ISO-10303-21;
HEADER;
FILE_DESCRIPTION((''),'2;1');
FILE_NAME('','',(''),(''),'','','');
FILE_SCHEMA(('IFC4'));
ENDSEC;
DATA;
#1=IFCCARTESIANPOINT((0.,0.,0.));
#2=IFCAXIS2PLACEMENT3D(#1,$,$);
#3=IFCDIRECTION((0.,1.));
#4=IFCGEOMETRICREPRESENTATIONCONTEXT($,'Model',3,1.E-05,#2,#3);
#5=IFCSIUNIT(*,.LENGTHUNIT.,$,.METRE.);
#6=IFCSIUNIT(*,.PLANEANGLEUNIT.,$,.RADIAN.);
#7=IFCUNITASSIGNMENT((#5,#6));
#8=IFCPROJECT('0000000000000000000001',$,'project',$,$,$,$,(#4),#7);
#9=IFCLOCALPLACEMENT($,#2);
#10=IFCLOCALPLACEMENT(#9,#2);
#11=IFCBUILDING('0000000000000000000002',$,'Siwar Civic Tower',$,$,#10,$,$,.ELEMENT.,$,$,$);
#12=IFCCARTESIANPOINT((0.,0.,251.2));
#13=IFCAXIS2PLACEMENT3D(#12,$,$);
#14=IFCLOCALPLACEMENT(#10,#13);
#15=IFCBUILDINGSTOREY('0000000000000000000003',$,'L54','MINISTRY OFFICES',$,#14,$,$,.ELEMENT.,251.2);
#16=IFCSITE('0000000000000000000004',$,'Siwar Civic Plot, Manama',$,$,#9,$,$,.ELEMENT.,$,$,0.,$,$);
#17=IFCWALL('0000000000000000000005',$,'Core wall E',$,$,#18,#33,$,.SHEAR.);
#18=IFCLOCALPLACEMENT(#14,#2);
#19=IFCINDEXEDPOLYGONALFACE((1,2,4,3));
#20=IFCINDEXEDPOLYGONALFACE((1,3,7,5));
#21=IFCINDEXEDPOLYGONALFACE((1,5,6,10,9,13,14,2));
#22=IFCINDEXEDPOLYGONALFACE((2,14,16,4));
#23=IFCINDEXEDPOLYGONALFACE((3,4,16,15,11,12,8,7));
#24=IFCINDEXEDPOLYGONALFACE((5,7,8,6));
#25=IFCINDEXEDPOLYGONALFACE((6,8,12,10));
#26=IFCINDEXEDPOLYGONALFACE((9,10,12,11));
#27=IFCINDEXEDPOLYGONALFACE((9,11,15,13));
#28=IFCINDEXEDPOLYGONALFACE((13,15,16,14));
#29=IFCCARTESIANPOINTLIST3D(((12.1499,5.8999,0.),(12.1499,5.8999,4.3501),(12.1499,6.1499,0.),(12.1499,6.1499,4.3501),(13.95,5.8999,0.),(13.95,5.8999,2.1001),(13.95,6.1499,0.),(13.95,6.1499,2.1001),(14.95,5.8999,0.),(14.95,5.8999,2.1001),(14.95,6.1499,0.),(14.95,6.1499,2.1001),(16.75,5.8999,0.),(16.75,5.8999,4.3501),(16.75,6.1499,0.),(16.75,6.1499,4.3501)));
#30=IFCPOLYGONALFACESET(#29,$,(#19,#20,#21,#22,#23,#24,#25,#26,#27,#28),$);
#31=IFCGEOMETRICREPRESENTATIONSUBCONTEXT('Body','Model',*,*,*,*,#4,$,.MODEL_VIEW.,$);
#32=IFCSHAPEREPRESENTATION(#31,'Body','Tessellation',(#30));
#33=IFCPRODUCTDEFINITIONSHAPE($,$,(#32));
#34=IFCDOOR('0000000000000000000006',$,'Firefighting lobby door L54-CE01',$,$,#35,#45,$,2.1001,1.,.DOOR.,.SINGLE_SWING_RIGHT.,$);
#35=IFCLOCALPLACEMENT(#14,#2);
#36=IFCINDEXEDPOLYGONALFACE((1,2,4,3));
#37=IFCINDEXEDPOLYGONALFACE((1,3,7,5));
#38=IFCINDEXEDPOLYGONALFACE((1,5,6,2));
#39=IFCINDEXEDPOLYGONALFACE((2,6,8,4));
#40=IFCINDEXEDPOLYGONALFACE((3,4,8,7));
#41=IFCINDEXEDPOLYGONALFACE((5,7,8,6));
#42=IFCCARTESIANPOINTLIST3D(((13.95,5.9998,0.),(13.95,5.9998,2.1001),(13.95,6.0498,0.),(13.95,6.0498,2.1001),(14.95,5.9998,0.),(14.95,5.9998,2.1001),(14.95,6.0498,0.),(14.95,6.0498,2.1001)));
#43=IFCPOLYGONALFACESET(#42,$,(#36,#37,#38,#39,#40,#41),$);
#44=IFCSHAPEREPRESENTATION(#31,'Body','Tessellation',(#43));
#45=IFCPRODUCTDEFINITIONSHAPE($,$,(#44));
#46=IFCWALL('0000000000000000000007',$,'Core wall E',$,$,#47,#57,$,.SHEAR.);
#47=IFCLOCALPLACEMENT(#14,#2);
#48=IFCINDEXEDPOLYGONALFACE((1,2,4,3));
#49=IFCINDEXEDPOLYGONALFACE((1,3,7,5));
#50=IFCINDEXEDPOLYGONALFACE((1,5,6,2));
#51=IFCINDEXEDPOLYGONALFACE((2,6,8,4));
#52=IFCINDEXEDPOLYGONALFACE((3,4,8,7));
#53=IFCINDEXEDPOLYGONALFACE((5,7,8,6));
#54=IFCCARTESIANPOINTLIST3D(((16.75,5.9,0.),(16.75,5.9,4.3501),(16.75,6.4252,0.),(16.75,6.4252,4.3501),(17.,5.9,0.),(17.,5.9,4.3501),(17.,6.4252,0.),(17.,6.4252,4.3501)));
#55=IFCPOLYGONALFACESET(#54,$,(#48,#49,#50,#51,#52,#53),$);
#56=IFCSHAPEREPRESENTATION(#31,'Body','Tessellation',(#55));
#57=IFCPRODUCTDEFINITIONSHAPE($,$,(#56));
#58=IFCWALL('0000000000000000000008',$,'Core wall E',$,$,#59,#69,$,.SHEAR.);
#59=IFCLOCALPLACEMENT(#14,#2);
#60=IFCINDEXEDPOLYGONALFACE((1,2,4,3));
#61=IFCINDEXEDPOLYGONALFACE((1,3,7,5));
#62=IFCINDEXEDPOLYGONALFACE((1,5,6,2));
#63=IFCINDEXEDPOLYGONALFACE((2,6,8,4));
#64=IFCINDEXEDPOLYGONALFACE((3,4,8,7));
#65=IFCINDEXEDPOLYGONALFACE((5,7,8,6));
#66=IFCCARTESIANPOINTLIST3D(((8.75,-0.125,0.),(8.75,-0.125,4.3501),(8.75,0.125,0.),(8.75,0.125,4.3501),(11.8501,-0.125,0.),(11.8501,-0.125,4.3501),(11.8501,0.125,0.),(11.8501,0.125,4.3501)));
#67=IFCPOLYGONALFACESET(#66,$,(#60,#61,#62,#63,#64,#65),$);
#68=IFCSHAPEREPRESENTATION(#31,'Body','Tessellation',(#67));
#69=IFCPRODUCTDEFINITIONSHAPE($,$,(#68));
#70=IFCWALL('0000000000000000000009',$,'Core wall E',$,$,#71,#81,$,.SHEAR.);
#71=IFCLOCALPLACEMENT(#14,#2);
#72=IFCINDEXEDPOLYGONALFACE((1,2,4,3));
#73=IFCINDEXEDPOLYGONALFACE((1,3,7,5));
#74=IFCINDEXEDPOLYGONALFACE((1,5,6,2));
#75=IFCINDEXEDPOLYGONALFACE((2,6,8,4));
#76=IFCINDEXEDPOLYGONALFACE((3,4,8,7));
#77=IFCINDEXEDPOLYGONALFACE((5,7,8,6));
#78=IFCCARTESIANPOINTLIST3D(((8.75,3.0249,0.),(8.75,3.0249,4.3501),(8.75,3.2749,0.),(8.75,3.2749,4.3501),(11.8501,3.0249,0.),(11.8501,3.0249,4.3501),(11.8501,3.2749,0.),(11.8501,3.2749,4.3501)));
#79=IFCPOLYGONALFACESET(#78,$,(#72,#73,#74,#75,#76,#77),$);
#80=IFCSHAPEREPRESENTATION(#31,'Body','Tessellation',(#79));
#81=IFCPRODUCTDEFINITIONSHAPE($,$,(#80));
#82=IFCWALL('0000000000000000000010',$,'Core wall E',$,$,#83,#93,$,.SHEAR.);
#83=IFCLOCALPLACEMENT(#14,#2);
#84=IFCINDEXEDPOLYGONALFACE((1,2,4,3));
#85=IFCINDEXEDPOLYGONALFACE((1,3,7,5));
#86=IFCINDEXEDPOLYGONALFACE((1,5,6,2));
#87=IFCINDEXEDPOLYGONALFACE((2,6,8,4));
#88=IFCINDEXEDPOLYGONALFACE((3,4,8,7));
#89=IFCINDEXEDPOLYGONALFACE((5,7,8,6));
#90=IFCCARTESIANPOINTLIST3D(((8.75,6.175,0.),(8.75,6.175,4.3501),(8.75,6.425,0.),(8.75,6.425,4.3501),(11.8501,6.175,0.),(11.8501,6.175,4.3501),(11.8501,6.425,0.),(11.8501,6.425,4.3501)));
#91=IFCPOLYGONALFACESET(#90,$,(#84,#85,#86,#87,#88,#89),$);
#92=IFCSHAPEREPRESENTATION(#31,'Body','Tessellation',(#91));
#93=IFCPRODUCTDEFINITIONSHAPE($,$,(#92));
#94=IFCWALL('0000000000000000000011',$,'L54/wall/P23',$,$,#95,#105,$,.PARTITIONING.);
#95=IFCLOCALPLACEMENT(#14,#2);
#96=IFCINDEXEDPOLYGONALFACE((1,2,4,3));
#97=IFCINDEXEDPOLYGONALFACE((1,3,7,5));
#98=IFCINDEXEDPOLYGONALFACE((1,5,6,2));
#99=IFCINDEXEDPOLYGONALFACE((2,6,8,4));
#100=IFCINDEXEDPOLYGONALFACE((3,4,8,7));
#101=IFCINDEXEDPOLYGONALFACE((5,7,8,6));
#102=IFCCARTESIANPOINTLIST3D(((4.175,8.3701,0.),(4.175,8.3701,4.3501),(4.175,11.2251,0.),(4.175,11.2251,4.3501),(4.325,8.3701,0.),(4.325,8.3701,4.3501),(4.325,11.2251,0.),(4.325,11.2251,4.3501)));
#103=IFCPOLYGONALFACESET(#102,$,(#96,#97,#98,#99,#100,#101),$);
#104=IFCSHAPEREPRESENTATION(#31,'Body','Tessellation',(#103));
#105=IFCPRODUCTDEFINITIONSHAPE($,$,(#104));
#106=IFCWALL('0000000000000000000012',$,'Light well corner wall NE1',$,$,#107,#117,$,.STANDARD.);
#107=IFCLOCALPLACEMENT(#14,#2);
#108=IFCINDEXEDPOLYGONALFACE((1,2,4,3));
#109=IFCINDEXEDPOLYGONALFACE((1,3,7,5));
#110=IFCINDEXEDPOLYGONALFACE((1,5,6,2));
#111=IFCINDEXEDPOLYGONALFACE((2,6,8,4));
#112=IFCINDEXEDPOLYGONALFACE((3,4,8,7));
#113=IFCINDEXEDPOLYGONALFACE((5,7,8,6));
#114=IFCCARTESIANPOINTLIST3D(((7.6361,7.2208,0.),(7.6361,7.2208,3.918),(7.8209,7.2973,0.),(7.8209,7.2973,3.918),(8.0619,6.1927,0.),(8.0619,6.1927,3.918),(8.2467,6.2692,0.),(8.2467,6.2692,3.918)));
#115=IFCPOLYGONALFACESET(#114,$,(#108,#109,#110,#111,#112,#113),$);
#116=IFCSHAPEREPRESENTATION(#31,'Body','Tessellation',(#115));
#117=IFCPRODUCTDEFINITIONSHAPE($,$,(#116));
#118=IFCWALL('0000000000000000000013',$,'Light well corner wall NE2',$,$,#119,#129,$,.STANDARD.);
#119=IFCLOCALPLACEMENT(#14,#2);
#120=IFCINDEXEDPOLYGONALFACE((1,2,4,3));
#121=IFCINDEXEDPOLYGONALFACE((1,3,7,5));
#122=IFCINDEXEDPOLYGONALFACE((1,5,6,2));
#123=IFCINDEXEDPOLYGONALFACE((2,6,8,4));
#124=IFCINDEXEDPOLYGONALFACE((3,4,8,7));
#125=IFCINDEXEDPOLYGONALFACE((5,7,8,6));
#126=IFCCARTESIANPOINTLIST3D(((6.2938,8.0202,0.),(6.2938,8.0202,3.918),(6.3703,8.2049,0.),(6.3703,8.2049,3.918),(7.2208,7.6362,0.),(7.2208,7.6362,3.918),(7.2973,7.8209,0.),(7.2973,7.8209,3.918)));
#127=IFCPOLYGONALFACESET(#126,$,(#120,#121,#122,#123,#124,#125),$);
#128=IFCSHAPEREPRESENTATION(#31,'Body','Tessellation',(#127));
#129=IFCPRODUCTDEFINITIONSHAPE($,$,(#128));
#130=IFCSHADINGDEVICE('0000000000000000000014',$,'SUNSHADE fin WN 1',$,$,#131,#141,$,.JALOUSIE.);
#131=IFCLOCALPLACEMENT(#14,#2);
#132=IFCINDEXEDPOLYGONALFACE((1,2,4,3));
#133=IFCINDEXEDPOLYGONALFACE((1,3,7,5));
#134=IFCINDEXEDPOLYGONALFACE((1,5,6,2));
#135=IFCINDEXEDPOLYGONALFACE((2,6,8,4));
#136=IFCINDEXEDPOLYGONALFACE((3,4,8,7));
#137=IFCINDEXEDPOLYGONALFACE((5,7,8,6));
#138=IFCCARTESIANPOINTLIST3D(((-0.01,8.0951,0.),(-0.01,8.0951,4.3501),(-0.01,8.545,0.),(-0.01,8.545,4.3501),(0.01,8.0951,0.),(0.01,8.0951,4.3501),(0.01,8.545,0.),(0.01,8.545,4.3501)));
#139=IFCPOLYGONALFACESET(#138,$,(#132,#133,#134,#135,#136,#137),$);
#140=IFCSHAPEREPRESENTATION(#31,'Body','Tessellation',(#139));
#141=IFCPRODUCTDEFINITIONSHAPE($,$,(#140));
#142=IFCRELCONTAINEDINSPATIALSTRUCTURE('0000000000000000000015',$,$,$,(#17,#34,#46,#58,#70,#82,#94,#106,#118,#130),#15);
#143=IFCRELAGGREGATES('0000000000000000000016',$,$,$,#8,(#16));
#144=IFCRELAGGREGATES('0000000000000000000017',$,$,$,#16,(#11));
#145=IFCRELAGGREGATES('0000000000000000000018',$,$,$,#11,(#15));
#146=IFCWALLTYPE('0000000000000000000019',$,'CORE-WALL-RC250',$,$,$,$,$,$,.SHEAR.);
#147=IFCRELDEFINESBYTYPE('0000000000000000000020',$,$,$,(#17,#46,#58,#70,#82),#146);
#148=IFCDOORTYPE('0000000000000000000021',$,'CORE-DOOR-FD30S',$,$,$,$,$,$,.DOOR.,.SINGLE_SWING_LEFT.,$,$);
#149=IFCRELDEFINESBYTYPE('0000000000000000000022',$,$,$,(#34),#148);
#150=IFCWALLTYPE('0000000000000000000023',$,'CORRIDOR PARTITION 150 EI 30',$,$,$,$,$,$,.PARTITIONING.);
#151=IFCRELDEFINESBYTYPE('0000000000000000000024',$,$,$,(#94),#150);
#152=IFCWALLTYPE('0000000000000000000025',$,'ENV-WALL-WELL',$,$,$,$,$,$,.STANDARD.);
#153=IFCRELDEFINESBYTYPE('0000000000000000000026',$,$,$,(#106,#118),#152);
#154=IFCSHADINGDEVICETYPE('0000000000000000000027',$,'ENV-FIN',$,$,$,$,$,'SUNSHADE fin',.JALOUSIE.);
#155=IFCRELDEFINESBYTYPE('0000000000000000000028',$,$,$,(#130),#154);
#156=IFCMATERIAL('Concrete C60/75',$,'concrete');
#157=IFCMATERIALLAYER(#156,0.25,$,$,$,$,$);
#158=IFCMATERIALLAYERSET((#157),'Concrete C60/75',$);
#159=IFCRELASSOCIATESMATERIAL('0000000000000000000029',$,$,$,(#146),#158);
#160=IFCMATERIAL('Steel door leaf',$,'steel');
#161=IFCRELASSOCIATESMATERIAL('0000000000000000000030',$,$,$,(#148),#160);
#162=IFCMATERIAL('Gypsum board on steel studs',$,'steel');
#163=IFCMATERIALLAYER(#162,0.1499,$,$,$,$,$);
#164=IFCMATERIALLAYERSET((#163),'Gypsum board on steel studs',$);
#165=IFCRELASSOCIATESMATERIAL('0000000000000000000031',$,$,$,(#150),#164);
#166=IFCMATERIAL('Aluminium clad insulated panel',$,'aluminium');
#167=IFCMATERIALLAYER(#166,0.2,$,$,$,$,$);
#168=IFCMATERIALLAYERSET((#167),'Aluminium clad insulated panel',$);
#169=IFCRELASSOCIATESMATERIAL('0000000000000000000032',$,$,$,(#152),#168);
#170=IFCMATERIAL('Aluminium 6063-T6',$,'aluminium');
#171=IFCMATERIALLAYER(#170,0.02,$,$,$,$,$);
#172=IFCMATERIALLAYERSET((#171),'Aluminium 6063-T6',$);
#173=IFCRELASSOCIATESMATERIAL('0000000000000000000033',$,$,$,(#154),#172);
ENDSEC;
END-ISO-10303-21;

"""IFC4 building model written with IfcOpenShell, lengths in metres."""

from ifc_helpers import new_model, si_unit, direction, frame, frame_2d, origin, origin_2d, place, context, subcontext, project, spatial, rectangle, extrude, material, layer, layer_set, type_object, element, fill, save


model = new_model("IFC4")

# Units and contexts
model_context = context("Model", 3, precision=1e-05, world=origin(), true_north=direction((0.0, 1.0)))
body_context = subcontext(model_context, "Body", "Model", "MODEL_VIEW")
ifc_project = project(units=[si_unit("LENGTHUNIT", "METRE"), si_unit("PLANEANGLEUNIT", "RADIAN")], contexts=[model_context])

# Site, building, storey
site_placement = place(None, origin())
site = spatial("IfcSite", under=ifc_project, at=site_placement, Name="Siwar Civic Plot, Manama", CompositionType="ELEMENT", RefElevation=0.0)
building_placement = place(site_placement, origin())
building = spatial("IfcBuilding", under=site, at=building_placement, Name="Siwar Civic Tower", CompositionType="ELEMENT")
storey_placement = place(building_placement, frame((0.0, 0.0, 251.2)))
storey = spatial("IfcBuildingStorey", under=building, at=storey_placement, Name="L54", Description="MINISTRY OFFICES", CompositionType="ELEMENT", Elevation=251.2)

# Wall, opening, door
ifc_material_1 = material(Name="Concrete C60/75", Category="concrete")
ifc_layer_1 = layer(ifc_material_1, 0.25)
ifc_layer_set_1 = layer_set([ifc_layer_1], Name="Concrete C60/75")
wall_type_1 = type_object("IfcWallType", Name="CORE-WALL-RC250", PredefinedType="SHEAR", material=ifc_layer_set_1)
wall_1_placement = place(storey_placement, frame((12.1499, 6.0249, 0.0), z_axis=(0.0, 0.0, 1.0), x_axis=(1.0, 0.0, 0.0)))
wall_1 = element("IfcWall", 1, at=wall_1_placement, inside=storey, type_object=wall_type_1, Name="Core wall E", PredefinedType="SHEAR", context=body_context, shape_type="SweptSolid", body=[
    extrude(rectangle(XDim=4.6001, YDim=0.25, at=frame_2d((2.3, 0.0))), origin(), (0.0, 0.0, 1.0), 4.3501),
])
opening_placement = place(wall_1_placement, frame((1.8, 0.0, 0.0)))
opening = element("IfcOpeningElement", 2, at=opening_placement, cuts=wall_1, PredefinedType="OPENING", context=body_context, shape_type="SweptSolid", body=[
    extrude(rectangle(XDim=1.0, YDim=2.1001, at=frame_2d((0.5, 1.05))), frame((0.0, 0.135, 0.0), z_axis=(0.0, -1.0, 0.0), x_axis=(1.0, 0.0, 0.0)), (0.0, 0.0, 1.0), 0.27),
])
ifc_material_2 = material(Name="Steel door leaf", Category="steel")
door_type = type_object("IfcDoorType", Name="CORE-DOOR-FD30S", OperationType="SINGLE_SWING_LEFT", PredefinedType="DOOR", material=ifc_material_2)
door_placement = place(opening_placement, origin())
door = element("IfcDoor", 3, at=door_placement, inside=storey, type_object=door_type, Name="Firefighting lobby door L54-CE01", OperationType="SINGLE_SWING_RIGHT", OverallHeight=2.1001, OverallWidth=1.0, PredefinedType="DOOR", context=body_context, shape_type="SweptSolid", body=[
    extrude(rectangle(XDim=1.0, YDim=2.1001, at=frame_2d((0.5, 1.05))), frame((0.0, 0.0249, 0.0), z_axis=(0.0, -1.0, 0.0), x_axis=(1.0, 0.0, 0.0)), (0.0, 0.0, 1.0), 0.05),
])
fill(opening, door)

# Walls
wall_2_placement = place(storey_placement, frame((16.875, 5.8999, 0.0), z_axis=(0.0, 0.0, 1.0), x_axis=(0.0, 1.0, 0.0)))
element("IfcWall", 4, at=wall_2_placement, inside=storey, type_object=wall_type_1, Name="Core wall E", PredefinedType="SHEAR", context=body_context, shape_type="SweptSolid", body=[
    extrude(rectangle(XDim=0.5251, YDim=0.25, at=frame_2d((0.2627, 0.0))), origin(), (0.0, 0.0, 1.0), 4.3501),
])
for number, where, z_axis, x_axis, name in (
    (5, (8.75, 0.0, 0.0), (0.0, 0.0, 1.0), (1.0, 0.0, 0.0), "Core wall E"),
    (6, (8.75, 3.1499, 0.0), (0.0, 0.0, 1.0), (1.0, 0.0, 0.0), "Core wall E"),
    (7, (8.75, 6.3, 0.0), (0.0, 0.0, 1.0), (1.0, 0.0, 0.0), "Core wall E"),
):
    element("IfcWall", number, at=place(storey_placement, frame(where, z_axis=z_axis, x_axis=x_axis)), inside=storey, type_object=wall_type_1, Name=name, PredefinedType="SHEAR", context=body_context, shape_type="SweptSolid", body=[
        extrude(rectangle(XDim=3.1001, YDim=0.25, at=frame_2d((1.55, 0.0))), origin(), (0.0, 0.0, 1.0), 4.3501),
    ])
ifc_material_3 = material(Name="Gypsum board on steel studs", Category="steel")
ifc_layer_2 = layer(ifc_material_3, 0.1499)
ifc_layer_set_2 = layer_set([ifc_layer_2], Name="Gypsum board on steel studs")
wall_type_2 = type_object("IfcWallType", Name="CORRIDOR PARTITION 150 EI 30", PredefinedType="PARTITIONING", material=ifc_layer_set_2)
wall_3_placement = place(storey_placement, frame((4.25, 8.3701, 0.0), z_axis=(0.0, 0.0, 1.0), x_axis=(0.0, 1.0, 0.0)))
element("IfcWall", 8, at=wall_3_placement, inside=storey, type_object=wall_type_2, Name="L54/wall/P23", PredefinedType="PARTITIONING", context=body_context, shape_type="SweptSolid", body=[
    extrude(rectangle(XDim=2.855, YDim=0.1499, at=frame_2d((1.4275, 0.0))), origin(), (0.0, 0.0, 1.0), 4.3501),
])
ifc_material_4 = material(Name="Aluminium clad insulated panel", Category="aluminium")
ifc_layer_3 = layer(ifc_material_4, 0.2)
ifc_layer_set_3 = layer_set([ifc_layer_3], Name="Aluminium clad insulated panel")
wall_type_3 = type_object("IfcWallType", Name="ENV-WALL-WELL", PredefinedType="STANDARD", material=ifc_layer_set_3)
wall_4_placement = place(storey_placement, frame((8.1543, 6.231, 0.0), z_axis=(0.0, 0.0, 1.0), x_axis=(-0.382636, 0.923899, 0.0)))
element("IfcWall", 9, at=wall_4_placement, inside=storey, type_object=wall_type_3, Name="Light well corner wall NE1", PredefinedType="STANDARD", context=body_context, shape_type="SweptSolid", body=[
    extrude(rectangle(XDim=1.1128, YDim=0.2, at=frame_2d((0.5564, 0.0))), origin(), (0.0, 0.0, 1.0), 3.918),
])
wall_5_placement = place(storey_placement, frame((7.259, 7.7285, 0.0), z_axis=(0.0, 0.0, 1.0), x_axis=(-0.92386, 0.382731, 0.0)))
element("IfcWall", 10, at=wall_5_placement, inside=storey, type_object=wall_type_3, Name="Light well corner wall NE2", PredefinedType="STANDARD", context=body_context, shape_type="SweptSolid", body=[
    extrude(rectangle(XDim=1.0034, YDim=0.2, at=frame_2d((0.5017, 0.0))), origin(), (0.0, 0.0, 1.0), 3.918),
])

# Shading device
ifc_material_5 = material(Name="Aluminium 6063-T6", Category="aluminium")
ifc_layer_4 = layer(ifc_material_5, 0.02)
ifc_layer_set_4 = layer_set([ifc_layer_4], Name="Aluminium 6063-T6")
shading_device_type = type_object("IfcShadingDeviceType", Name="ENV-FIN", ElementType="SUNSHADE fin", PredefinedType="JALOUSIE", material=ifc_layer_set_4)
shading_device_placement = place(storey_placement, frame((0.0, 8.3201, 0.0), z_axis=(0.0, 0.0, 1.0), x_axis=(-1.0, 0.0, 0.0)))
element("IfcShadingDevice", 11, at=shading_device_placement, inside=storey, type_object=shading_device_type, Name="SUNSHADE fin WN 1", PredefinedType="JALOUSIE", context=body_context, shape_type="SweptSolid", body=[
    extrude(rectangle(XDim=0.02, YDim=0.45, at=origin_2d()), origin(), (0.0, 0.0, 1.0), 4.3501),
])

save(model, "model.ifc")
